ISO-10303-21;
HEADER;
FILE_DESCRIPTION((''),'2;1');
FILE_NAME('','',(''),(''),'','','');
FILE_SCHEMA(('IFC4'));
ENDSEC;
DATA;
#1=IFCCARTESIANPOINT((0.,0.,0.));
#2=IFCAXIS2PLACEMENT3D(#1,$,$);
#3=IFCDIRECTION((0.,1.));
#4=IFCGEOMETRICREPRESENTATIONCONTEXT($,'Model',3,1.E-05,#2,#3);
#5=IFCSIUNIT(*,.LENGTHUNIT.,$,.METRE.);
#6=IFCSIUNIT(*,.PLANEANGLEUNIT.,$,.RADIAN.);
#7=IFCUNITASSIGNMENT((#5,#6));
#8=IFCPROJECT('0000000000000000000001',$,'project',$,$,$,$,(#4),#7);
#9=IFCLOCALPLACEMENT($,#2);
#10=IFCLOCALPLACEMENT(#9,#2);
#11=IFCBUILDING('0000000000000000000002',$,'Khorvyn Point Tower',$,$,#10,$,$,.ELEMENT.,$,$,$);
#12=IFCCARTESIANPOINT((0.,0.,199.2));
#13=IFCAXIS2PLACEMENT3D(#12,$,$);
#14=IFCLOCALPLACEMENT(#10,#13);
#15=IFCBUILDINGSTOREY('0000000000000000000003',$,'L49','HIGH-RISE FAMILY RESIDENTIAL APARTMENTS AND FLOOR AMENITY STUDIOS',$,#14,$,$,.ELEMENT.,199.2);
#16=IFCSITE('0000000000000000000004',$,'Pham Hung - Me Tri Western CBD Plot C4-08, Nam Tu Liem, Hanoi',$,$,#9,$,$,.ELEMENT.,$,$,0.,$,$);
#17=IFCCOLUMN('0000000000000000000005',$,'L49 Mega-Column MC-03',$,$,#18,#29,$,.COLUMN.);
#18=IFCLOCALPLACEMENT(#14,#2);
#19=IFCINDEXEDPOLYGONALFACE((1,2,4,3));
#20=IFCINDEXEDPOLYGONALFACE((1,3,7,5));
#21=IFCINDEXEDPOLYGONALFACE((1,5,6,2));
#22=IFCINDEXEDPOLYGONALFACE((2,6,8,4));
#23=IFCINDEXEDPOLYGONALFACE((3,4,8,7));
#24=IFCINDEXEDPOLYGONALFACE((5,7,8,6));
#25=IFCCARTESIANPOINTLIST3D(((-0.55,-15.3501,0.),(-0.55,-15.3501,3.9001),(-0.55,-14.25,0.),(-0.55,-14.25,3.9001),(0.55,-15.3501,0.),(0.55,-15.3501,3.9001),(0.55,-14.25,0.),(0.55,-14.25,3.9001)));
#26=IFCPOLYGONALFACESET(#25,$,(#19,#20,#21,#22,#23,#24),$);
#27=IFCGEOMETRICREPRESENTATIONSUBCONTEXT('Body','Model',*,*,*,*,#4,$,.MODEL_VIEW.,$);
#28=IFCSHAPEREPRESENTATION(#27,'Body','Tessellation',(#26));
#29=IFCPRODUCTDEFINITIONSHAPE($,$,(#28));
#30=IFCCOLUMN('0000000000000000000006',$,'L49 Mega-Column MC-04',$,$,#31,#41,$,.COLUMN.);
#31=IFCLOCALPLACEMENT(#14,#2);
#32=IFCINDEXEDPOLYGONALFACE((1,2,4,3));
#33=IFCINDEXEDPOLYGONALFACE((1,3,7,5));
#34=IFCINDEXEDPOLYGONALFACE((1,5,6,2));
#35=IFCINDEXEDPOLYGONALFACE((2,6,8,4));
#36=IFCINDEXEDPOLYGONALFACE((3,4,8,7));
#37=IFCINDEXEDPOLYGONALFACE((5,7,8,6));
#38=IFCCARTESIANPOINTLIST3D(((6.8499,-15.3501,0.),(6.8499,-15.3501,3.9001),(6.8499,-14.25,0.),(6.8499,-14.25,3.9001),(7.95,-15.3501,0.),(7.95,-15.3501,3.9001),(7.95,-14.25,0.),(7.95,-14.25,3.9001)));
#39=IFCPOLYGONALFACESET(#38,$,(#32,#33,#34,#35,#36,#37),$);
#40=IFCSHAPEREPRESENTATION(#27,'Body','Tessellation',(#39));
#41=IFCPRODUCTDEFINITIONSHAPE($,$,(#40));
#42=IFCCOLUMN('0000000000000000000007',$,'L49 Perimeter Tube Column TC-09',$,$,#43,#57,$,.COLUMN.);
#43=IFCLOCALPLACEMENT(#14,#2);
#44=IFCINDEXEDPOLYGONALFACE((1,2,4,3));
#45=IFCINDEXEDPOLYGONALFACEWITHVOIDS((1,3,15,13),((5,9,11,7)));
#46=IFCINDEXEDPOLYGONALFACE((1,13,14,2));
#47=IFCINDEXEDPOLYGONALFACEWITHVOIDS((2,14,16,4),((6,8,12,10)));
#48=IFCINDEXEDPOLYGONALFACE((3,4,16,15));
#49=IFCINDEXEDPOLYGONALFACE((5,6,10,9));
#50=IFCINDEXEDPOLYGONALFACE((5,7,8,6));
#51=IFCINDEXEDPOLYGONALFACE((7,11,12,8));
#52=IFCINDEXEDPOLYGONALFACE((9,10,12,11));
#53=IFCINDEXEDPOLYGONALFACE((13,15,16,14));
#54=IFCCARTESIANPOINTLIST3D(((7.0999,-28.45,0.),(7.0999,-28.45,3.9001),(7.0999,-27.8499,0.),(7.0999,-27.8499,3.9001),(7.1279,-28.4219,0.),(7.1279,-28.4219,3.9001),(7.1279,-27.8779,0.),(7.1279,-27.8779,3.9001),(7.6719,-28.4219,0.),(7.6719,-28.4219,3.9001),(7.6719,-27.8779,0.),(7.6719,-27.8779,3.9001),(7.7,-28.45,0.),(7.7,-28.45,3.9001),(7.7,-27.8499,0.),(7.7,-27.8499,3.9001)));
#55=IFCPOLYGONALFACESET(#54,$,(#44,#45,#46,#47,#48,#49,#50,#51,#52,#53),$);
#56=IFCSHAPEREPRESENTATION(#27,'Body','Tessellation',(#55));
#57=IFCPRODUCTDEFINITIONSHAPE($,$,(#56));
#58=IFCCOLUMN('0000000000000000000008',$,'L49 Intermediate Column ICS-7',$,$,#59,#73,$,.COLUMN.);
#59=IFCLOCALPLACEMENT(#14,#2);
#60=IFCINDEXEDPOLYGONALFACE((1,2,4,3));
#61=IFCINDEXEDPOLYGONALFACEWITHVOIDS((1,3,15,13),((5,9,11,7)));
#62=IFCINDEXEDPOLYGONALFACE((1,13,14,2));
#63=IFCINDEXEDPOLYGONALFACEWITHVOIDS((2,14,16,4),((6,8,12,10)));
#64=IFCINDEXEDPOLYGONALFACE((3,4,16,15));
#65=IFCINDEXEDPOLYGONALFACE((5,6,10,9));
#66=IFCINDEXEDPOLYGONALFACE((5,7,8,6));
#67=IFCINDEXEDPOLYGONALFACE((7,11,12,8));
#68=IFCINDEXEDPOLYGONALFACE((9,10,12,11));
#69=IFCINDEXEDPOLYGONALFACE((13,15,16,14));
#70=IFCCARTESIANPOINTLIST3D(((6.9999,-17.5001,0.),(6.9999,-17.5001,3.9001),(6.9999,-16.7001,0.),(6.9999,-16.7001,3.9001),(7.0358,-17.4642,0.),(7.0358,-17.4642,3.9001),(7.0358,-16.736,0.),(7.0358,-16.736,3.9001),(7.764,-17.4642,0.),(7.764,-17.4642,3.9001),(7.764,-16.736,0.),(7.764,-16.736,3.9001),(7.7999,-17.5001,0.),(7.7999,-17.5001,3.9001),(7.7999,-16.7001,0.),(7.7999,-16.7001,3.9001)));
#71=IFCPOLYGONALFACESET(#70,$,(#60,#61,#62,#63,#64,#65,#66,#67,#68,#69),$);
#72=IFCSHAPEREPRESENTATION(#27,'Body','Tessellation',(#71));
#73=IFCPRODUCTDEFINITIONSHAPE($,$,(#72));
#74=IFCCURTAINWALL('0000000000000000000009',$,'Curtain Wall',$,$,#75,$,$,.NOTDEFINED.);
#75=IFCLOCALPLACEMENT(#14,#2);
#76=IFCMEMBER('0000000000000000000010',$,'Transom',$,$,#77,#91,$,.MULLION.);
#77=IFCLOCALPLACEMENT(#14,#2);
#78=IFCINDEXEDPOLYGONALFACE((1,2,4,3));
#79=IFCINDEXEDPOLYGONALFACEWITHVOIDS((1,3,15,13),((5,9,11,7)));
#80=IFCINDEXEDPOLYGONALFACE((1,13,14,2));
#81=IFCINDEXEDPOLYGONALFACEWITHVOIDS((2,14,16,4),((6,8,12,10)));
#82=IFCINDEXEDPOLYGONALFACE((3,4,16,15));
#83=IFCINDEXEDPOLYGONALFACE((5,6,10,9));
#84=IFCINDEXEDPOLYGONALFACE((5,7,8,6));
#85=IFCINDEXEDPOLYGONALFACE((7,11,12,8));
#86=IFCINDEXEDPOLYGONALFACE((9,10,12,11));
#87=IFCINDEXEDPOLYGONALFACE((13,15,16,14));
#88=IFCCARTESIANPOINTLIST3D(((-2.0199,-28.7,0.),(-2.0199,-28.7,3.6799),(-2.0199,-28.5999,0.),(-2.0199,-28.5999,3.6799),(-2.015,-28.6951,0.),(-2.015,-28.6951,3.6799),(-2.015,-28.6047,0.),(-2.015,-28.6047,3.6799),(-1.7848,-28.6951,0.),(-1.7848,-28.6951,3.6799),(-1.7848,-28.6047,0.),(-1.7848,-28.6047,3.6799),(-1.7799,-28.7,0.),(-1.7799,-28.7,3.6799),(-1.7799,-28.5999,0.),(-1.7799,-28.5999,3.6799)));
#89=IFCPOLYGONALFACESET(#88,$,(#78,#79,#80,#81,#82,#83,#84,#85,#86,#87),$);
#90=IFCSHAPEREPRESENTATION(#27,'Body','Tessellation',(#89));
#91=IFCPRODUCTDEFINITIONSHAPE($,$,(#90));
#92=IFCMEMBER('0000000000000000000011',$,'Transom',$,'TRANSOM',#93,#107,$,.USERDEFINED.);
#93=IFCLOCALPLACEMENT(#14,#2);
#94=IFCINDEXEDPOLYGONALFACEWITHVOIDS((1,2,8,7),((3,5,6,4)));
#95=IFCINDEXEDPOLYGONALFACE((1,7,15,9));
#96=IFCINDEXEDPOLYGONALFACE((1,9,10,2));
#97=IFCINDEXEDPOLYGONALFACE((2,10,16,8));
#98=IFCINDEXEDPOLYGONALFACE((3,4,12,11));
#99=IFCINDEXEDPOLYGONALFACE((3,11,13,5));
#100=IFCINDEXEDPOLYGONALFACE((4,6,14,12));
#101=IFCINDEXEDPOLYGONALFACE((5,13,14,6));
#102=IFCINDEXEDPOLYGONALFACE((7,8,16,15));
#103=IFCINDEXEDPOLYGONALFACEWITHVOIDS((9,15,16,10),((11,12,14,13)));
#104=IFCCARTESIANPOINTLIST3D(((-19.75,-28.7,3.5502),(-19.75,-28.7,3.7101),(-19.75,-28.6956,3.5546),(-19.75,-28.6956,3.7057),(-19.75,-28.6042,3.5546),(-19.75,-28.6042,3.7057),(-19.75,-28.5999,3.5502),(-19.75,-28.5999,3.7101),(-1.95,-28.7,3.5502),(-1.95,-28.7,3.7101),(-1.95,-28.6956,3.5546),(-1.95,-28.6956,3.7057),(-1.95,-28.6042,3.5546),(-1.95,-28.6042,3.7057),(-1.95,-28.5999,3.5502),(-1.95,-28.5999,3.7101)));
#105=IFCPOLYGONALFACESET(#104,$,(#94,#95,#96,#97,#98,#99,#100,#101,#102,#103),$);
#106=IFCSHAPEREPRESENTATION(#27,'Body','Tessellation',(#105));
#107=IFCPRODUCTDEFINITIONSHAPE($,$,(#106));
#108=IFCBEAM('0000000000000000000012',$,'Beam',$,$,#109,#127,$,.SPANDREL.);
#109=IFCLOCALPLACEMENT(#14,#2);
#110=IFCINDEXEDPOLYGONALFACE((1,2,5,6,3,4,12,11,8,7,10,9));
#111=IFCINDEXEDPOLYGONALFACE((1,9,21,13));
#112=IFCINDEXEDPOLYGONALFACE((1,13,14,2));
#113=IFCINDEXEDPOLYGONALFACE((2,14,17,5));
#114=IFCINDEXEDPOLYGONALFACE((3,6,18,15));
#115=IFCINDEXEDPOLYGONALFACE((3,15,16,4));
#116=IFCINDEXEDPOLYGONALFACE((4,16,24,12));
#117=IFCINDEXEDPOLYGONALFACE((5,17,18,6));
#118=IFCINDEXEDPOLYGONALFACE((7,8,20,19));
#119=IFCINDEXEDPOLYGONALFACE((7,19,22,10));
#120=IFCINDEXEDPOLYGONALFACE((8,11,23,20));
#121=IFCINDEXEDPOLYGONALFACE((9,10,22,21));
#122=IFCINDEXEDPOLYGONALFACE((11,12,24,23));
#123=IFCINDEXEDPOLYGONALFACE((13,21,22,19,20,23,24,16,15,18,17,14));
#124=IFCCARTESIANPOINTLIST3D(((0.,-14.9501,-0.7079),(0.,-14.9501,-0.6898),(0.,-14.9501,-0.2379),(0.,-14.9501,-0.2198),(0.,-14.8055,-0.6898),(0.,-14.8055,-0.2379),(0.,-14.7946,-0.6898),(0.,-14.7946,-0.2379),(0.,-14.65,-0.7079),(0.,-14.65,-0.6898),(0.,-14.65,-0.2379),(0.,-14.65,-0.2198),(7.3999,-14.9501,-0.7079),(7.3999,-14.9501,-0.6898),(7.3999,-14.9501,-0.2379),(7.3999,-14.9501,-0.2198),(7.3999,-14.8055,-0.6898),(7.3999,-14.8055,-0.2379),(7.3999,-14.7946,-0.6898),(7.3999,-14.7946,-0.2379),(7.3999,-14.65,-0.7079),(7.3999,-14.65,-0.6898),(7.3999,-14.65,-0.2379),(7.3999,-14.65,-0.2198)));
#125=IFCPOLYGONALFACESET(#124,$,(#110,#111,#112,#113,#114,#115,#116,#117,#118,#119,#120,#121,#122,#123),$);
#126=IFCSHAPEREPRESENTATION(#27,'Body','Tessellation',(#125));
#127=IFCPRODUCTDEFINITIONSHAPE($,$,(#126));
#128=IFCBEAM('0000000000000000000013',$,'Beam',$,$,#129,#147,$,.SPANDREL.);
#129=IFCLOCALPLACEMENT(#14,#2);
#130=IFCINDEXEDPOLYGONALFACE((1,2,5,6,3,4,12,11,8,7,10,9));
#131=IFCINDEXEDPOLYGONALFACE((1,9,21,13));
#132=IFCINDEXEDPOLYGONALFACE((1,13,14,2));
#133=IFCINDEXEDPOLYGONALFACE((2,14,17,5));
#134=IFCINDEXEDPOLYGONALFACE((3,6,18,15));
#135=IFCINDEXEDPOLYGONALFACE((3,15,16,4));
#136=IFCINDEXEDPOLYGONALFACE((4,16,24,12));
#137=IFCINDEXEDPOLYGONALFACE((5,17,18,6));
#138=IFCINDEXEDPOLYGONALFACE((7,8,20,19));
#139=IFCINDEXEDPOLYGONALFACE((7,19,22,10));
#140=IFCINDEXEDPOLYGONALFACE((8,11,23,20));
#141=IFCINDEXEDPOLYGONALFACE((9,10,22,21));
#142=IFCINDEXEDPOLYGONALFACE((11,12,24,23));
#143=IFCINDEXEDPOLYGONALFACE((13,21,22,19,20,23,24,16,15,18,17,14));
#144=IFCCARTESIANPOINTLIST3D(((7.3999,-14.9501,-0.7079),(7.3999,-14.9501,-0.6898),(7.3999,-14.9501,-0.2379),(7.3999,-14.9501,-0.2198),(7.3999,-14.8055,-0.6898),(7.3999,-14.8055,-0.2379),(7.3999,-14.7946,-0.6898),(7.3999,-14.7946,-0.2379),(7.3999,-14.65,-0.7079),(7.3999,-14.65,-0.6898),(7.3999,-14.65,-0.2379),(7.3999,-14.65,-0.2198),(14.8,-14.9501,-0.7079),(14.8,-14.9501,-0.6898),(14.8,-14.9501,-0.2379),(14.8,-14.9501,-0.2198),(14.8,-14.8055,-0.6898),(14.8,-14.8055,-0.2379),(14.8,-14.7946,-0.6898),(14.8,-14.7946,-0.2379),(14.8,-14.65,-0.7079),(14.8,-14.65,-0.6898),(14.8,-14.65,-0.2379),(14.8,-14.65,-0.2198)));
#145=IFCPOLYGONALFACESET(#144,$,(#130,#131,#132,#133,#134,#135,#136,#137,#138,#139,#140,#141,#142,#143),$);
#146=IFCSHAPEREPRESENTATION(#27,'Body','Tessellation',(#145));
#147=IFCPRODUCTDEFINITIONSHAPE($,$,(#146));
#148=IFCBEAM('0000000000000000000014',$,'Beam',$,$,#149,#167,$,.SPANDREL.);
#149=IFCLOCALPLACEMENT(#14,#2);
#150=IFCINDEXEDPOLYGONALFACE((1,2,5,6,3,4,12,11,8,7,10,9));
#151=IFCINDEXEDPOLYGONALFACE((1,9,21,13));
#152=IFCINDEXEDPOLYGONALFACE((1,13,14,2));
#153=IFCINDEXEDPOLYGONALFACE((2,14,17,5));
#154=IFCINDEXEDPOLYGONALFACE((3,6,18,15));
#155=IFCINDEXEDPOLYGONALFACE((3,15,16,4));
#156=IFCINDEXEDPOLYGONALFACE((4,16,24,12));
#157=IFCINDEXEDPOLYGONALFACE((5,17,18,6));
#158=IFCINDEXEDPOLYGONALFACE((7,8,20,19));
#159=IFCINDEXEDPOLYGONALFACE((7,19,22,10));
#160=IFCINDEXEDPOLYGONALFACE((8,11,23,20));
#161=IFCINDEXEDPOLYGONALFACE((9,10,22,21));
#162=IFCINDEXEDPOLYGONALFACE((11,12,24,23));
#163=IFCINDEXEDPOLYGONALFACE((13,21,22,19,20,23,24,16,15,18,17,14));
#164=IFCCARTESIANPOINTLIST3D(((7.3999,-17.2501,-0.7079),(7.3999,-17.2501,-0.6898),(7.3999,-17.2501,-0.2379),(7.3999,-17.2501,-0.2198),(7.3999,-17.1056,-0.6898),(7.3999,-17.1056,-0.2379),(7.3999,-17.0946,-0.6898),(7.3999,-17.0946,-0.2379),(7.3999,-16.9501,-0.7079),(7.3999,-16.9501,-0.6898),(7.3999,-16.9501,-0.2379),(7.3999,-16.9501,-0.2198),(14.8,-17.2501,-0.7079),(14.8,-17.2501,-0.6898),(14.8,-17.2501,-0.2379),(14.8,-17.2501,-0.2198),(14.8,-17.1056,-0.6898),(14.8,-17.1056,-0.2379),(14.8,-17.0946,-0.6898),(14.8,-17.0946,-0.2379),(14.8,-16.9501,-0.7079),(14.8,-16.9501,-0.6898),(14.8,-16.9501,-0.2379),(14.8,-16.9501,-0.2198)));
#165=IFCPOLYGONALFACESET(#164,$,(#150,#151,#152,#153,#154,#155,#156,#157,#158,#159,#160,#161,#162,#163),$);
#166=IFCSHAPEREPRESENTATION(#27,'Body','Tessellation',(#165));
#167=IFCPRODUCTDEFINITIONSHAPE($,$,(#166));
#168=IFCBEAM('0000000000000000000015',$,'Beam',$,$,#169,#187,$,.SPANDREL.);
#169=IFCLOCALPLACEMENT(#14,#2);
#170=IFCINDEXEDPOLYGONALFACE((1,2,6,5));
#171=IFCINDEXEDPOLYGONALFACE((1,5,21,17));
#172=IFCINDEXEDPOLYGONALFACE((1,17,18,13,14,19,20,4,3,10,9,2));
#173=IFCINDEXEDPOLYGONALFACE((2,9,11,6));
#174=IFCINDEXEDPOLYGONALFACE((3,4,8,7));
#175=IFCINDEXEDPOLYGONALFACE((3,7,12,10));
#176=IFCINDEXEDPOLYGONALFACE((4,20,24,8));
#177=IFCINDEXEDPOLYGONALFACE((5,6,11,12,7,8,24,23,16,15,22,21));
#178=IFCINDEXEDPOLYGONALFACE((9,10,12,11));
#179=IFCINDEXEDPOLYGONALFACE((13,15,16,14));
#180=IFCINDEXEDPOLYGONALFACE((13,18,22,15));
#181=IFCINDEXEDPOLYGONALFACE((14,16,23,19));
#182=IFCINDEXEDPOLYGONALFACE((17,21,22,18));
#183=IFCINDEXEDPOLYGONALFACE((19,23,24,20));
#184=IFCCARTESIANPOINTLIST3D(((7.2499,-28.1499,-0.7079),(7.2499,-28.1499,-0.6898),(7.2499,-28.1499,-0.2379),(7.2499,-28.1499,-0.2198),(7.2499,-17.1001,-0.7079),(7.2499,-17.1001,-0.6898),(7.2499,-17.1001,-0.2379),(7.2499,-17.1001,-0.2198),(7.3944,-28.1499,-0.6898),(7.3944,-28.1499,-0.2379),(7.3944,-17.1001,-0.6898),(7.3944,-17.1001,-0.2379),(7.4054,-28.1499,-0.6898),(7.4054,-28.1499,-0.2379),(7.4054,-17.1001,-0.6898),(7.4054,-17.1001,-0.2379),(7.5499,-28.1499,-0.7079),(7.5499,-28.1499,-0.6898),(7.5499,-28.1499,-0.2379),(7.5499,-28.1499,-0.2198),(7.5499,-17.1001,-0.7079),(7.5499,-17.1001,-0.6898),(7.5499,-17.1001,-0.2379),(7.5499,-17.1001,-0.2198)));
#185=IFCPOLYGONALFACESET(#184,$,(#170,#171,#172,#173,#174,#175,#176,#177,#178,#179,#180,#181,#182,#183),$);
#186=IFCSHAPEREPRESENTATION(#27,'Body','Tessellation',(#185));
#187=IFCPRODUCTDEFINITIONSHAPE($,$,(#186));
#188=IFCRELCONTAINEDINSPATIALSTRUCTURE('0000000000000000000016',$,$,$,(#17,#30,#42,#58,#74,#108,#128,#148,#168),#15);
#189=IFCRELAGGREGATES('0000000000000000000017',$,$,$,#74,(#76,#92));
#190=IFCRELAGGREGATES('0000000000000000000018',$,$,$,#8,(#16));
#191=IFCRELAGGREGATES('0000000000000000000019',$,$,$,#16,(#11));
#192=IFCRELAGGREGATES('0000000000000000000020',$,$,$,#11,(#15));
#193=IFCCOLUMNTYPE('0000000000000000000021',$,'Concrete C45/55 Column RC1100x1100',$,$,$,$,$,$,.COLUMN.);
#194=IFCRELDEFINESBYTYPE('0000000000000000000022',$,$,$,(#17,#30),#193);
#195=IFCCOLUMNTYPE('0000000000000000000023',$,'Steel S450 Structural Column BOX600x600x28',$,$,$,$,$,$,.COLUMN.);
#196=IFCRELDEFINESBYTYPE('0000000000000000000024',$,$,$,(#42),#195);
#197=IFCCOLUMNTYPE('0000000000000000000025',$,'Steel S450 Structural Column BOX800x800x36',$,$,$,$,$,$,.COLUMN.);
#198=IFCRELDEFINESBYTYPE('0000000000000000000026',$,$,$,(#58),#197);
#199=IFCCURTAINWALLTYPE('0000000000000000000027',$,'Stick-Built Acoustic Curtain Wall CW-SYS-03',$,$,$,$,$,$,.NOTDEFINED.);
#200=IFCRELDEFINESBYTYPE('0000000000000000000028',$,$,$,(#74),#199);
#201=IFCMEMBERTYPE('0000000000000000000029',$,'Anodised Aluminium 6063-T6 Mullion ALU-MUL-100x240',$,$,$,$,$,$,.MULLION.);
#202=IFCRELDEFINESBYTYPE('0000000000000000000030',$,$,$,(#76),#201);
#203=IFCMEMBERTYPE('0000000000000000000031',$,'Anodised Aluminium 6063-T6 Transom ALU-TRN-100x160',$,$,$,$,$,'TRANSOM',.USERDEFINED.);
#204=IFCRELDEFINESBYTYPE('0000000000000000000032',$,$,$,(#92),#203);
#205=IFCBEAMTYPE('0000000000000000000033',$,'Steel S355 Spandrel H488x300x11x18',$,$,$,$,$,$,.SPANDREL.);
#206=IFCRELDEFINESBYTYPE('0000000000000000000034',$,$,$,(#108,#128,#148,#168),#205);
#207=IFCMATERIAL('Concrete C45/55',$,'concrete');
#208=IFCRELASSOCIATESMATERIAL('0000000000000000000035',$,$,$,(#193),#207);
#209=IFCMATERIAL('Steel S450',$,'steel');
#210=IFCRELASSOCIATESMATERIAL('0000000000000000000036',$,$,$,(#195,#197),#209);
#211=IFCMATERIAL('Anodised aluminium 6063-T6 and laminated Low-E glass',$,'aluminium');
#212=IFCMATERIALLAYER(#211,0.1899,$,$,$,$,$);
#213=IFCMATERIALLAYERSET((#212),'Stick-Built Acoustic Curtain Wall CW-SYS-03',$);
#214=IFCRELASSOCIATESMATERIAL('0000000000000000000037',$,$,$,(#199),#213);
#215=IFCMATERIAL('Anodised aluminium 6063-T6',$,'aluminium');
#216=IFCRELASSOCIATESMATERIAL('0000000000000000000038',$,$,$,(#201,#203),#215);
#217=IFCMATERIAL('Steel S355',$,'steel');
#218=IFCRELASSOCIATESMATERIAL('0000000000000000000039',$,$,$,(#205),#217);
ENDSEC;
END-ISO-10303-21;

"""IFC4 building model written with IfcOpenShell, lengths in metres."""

from ifc_helpers import new_model, si_unit, direction, frame, origin, origin_2d, place, context, subcontext, project, spatial, rectangle, hollow_rectangle, i_section, extrude, material, layer, layer_set, material_profile, profile_set, type_object, element, aggregate, save


model = new_model("IFC4")

# Units and contexts
model_context = context("Model", 3, precision=1e-05, world=origin(), true_north=direction((0.0, 1.0)))
body_context = subcontext(model_context, "Body", "Model", "MODEL_VIEW")
ifc_project = project(units=[si_unit("LENGTHUNIT", "METRE"), si_unit("PLANEANGLEUNIT", "RADIAN")], contexts=[model_context])

# Site, building, storey
site_placement = place(None, origin())
site = spatial("IfcSite", under=ifc_project, at=site_placement, Name="Pham Hung - Me Tri Western CBD Plot C4-08, Nam Tu Liem, Hanoi", CompositionType="ELEMENT", RefElevation=0.0)
building_placement = place(site_placement, origin())
building = spatial("IfcBuilding", under=site, at=building_placement, Name="Khorvyn Point Tower", CompositionType="ELEMENT")
storey_placement = place(building_placement, frame((0.0, 0.0, 199.2)))
storey = spatial("IfcBuildingStorey", under=building, at=storey_placement, Name="L49", Description="HIGH-RISE FAMILY RESIDENTIAL APARTMENTS AND FLOOR AMENITY STUDIOS", CompositionType="ELEMENT", Elevation=199.2)

# Columns
ifc_material_1 = material(Name="Concrete C45/55", Category="concrete")
ifc_material_profile_1 = material_profile(ifc_material_1, rectangle(XDim=1.1001, YDim=1.1001, at=origin_2d()))
ifc_profile_set_1 = profile_set([ifc_material_profile_1], Name="Concrete C45/55 RC1100x1100")
column_type_1 = type_object("IfcColumnType", Name="Concrete C45/55 Column RC1100x1100", PredefinedType="COLUMN", material=ifc_profile_set_1)
for number, where, z_axis, x_axis, name in (
    (1, (0.0, -14.8, 0.0), (0.0, 0.0, 1.0), (1.0, 0.0, 0.0), "L49 Mega-Column MC-03"),
    (2, (7.3999, -14.8, 0.0), (0.0, 0.0, 1.0), (1.0, 0.0, 0.0), "L49 Mega-Column MC-04"),
):
    element("IfcColumn", number, at=place(storey_placement, frame(where, z_axis=z_axis, x_axis=x_axis)), inside=storey, type_object=column_type_1, Name=name, PredefinedType="COLUMN", context=body_context, shape_type="SweptSolid", body=[
        extrude(rectangle(XDim=1.1001, YDim=1.1001, at=origin_2d()), origin(), (0.0, 0.0, 1.0), 3.9001),
    ])
ifc_material_2 = material(Name="Steel S450", Category="steel")
ifc_material_profile_2 = material_profile(ifc_material_2, hollow_rectangle(XDim=0.6001, YDim=0.6001, WallThickness=0.0281, at=origin_2d()))
ifc_profile_set_2 = profile_set([ifc_material_profile_2], Name="Steel S450 BOX600x600x28")
column_type_2 = type_object("IfcColumnType", Name="Steel S450 Structural Column BOX600x600x28", PredefinedType="COLUMN", material=ifc_profile_set_2)
column_1_placement = place(storey_placement, frame((7.3999, -28.1499, 0.0), z_axis=(0.0, 0.0, 1.0), x_axis=(1.0, 0.0, 0.0)))
element("IfcColumn", 3, at=column_1_placement, inside=storey, type_object=column_type_2, Name="L49 Perimeter Tube Column TC-09", PredefinedType="COLUMN", context=body_context, shape_type="SweptSolid", body=[
    extrude(hollow_rectangle(XDim=0.6001, YDim=0.6001, WallThickness=0.0281, at=origin_2d()), origin(), (0.0, 0.0, 1.0), 3.9001),
])
ifc_material_profile_3 = material_profile(ifc_material_2, hollow_rectangle(XDim=0.8, YDim=0.8, WallThickness=0.0359, at=origin_2d()))
ifc_profile_set_3 = profile_set([ifc_material_profile_3], Name="Steel S450 BOX800x800x36")
column_type_3 = type_object("IfcColumnType", Name="Steel S450 Structural Column BOX800x800x36", PredefinedType="COLUMN", material=ifc_profile_set_3)
column_2_placement = place(storey_placement, frame((7.3999, -17.1001, 0.0), z_axis=(0.0, 0.0, 1.0), x_axis=(1.0, 0.0, 0.0)))
element("IfcColumn", 4, at=column_2_placement, inside=storey, type_object=column_type_3, Name="L49 Intermediate Column ICS-7", PredefinedType="COLUMN", context=body_context, shape_type="SweptSolid", body=[
    extrude(hollow_rectangle(XDim=0.8, YDim=0.8, WallThickness=0.0359, at=origin_2d()), origin(), (0.0, 0.0, 1.0), 3.9001),
])

# Curtain wall, members
ifc_material_3 = material(Name="Anodised aluminium 6063-T6 and laminated Low-E glass", Category="aluminium")
ifc_layer_1 = layer(ifc_material_3, 0.1899)
ifc_layer_set_1 = layer_set([ifc_layer_1], Name="Stick-Built Acoustic Curtain Wall CW-SYS-03")
curtain_wall_type = type_object("IfcCurtainWallType", Name="Stick-Built Acoustic Curtain Wall CW-SYS-03", PredefinedType="NOTDEFINED", material=ifc_layer_set_1)
curtain_wall_placement = place(storey_placement, origin())
curtain_wall = element("IfcCurtainWall", 5, at=curtain_wall_placement, inside=storey, type_object=curtain_wall_type, Name="Curtain Wall", PredefinedType="NOTDEFINED")
ifc_material_4 = material(Name="Anodised aluminium 6063-T6", Category="aluminium")
ifc_material_profile_4 = material_profile(ifc_material_4, hollow_rectangle(XDim=0.1001, YDim=0.24, WallThickness=0.0049, at=origin_2d()))
ifc_profile_set_4 = profile_set([ifc_material_profile_4], Name="Anodised aluminium 6063-T6 ALU-MUL-100x240")
member_type_1 = type_object("IfcMemberType", Name="Anodised Aluminium 6063-T6 Mullion ALU-MUL-100x240", PredefinedType="MULLION", material=ifc_profile_set_4)
member_1_placement = place(storey_placement, frame((-1.8999, -28.6499, 0.0), z_axis=(0.0, 0.0, 1.0), x_axis=(0.0, -1.0, 0.0)))
member_1 = element("IfcMember", 6, at=member_1_placement, type_object=member_type_1, Name="Transom", PredefinedType="MULLION", context=body_context, shape_type="SweptSolid", body=[
    extrude(hollow_rectangle(XDim=0.1001, YDim=0.24, WallThickness=0.0049, at=origin_2d()), origin(), (0.0, 0.0, 1.0), 3.6799),
])
ifc_material_profile_5 = material_profile(ifc_material_4, hollow_rectangle(XDim=0.1001, YDim=0.1599, WallThickness=0.0044, at=origin_2d()))
ifc_profile_set_5 = profile_set([ifc_material_profile_5], Name="Anodised aluminium 6063-T6 ALU-TRN-100x160")
member_type_2 = type_object("IfcMemberType", Name="Anodised Aluminium 6063-T6 Transom ALU-TRN-100x160", ElementType="TRANSOM", PredefinedType="USERDEFINED", material=ifc_profile_set_5)
member_2_placement = place(storey_placement, frame((-1.95, -28.6499, 3.6301), z_axis=(-1.0, 0.0, 0.0), x_axis=(0.0, -1.0, 0.0)))
member_2 = element("IfcMember", 7, at=member_2_placement, type_object=member_type_2, Name="Transom", ObjectType="TRANSOM", PredefinedType="USERDEFINED", context=body_context, shape_type="SweptSolid", body=[
    extrude(hollow_rectangle(XDim=0.1001, YDim=0.1599, WallThickness=0.0044, at=origin_2d()), origin(), (0.0, 0.0, 1.0), 17.8),
])

# Beams
ifc_material_5 = material(Name="Steel S355", Category="steel")
ifc_material_profile_6 = material_profile(ifc_material_5, i_section(OverallWidth=0.3, OverallDepth=0.488, WebThickness=0.011, FlangeThickness=0.0181, at=origin_2d()))
ifc_profile_set_6 = profile_set([ifc_material_profile_6], Name="Steel S355 H488x300x11x18")
beam_type_1 = type_object("IfcBeamType", Name="Steel S355 Spandrel H488x300x11x18", PredefinedType="SPANDREL", material=ifc_profile_set_6)
beam_1_placement = place(storey_placement, frame((0.0, -14.8, -0.4639), z_axis=(1.0, 0.0, 0.0), x_axis=(0.0, 1.0, 0.0)))
element("IfcBeam", 8, at=beam_1_placement, inside=storey, type_object=beam_type_1, Name="Beam", PredefinedType="SPANDREL", context=body_context, shape_type="SweptSolid", body=[
    extrude(i_section(OverallWidth=0.3, OverallDepth=0.488, WebThickness=0.011, FlangeThickness=0.0181, at=origin_2d()), origin(), (0.0, 0.0, 1.0), 7.3999),
])
for number, where, z_axis, x_axis, name in (
    (9, (7.3999, -14.8, -0.4639), (1.0, 0.0, 0.0), (0.0, 1.0, 0.0), "Beam"),
    (10, (7.3999, -17.1001, -0.4639), (1.0, 0.0, 0.0), (0.0, 1.0, 0.0), "Beam"),
):
    element("IfcBeam", number, at=place(storey_placement, frame(where, z_axis=z_axis, x_axis=x_axis)), inside=storey, type_object=beam_type_1, Name=name, PredefinedType="SPANDREL", context=body_context, shape_type="SweptSolid", body=[
        extrude(i_section(OverallWidth=0.3, OverallDepth=0.488, WebThickness=0.011, FlangeThickness=0.0181, at=origin_2d()), origin(), (0.0, 0.0, 1.0), 7.4001),
    ])
beam_2_placement = place(storey_placement, frame((7.3999, -28.1499, -0.4639), z_axis=(0.0, 1.0, 0.0), x_axis=(-1.0, 0.0, 0.0)))
element("IfcBeam", 11, at=beam_2_placement, inside=storey, type_object=beam_type_1, Name="Beam", PredefinedType="SPANDREL", context=body_context, shape_type="SweptSolid", body=[
    extrude(i_section(OverallWidth=0.3, OverallDepth=0.488, WebThickness=0.011, FlangeThickness=0.0181, at=origin_2d()), origin(), (0.0, 0.0, 1.0), 11.0498),
])

aggregate(curtain_wall, [member_1, member_2])

save(model, "model.ifc")
